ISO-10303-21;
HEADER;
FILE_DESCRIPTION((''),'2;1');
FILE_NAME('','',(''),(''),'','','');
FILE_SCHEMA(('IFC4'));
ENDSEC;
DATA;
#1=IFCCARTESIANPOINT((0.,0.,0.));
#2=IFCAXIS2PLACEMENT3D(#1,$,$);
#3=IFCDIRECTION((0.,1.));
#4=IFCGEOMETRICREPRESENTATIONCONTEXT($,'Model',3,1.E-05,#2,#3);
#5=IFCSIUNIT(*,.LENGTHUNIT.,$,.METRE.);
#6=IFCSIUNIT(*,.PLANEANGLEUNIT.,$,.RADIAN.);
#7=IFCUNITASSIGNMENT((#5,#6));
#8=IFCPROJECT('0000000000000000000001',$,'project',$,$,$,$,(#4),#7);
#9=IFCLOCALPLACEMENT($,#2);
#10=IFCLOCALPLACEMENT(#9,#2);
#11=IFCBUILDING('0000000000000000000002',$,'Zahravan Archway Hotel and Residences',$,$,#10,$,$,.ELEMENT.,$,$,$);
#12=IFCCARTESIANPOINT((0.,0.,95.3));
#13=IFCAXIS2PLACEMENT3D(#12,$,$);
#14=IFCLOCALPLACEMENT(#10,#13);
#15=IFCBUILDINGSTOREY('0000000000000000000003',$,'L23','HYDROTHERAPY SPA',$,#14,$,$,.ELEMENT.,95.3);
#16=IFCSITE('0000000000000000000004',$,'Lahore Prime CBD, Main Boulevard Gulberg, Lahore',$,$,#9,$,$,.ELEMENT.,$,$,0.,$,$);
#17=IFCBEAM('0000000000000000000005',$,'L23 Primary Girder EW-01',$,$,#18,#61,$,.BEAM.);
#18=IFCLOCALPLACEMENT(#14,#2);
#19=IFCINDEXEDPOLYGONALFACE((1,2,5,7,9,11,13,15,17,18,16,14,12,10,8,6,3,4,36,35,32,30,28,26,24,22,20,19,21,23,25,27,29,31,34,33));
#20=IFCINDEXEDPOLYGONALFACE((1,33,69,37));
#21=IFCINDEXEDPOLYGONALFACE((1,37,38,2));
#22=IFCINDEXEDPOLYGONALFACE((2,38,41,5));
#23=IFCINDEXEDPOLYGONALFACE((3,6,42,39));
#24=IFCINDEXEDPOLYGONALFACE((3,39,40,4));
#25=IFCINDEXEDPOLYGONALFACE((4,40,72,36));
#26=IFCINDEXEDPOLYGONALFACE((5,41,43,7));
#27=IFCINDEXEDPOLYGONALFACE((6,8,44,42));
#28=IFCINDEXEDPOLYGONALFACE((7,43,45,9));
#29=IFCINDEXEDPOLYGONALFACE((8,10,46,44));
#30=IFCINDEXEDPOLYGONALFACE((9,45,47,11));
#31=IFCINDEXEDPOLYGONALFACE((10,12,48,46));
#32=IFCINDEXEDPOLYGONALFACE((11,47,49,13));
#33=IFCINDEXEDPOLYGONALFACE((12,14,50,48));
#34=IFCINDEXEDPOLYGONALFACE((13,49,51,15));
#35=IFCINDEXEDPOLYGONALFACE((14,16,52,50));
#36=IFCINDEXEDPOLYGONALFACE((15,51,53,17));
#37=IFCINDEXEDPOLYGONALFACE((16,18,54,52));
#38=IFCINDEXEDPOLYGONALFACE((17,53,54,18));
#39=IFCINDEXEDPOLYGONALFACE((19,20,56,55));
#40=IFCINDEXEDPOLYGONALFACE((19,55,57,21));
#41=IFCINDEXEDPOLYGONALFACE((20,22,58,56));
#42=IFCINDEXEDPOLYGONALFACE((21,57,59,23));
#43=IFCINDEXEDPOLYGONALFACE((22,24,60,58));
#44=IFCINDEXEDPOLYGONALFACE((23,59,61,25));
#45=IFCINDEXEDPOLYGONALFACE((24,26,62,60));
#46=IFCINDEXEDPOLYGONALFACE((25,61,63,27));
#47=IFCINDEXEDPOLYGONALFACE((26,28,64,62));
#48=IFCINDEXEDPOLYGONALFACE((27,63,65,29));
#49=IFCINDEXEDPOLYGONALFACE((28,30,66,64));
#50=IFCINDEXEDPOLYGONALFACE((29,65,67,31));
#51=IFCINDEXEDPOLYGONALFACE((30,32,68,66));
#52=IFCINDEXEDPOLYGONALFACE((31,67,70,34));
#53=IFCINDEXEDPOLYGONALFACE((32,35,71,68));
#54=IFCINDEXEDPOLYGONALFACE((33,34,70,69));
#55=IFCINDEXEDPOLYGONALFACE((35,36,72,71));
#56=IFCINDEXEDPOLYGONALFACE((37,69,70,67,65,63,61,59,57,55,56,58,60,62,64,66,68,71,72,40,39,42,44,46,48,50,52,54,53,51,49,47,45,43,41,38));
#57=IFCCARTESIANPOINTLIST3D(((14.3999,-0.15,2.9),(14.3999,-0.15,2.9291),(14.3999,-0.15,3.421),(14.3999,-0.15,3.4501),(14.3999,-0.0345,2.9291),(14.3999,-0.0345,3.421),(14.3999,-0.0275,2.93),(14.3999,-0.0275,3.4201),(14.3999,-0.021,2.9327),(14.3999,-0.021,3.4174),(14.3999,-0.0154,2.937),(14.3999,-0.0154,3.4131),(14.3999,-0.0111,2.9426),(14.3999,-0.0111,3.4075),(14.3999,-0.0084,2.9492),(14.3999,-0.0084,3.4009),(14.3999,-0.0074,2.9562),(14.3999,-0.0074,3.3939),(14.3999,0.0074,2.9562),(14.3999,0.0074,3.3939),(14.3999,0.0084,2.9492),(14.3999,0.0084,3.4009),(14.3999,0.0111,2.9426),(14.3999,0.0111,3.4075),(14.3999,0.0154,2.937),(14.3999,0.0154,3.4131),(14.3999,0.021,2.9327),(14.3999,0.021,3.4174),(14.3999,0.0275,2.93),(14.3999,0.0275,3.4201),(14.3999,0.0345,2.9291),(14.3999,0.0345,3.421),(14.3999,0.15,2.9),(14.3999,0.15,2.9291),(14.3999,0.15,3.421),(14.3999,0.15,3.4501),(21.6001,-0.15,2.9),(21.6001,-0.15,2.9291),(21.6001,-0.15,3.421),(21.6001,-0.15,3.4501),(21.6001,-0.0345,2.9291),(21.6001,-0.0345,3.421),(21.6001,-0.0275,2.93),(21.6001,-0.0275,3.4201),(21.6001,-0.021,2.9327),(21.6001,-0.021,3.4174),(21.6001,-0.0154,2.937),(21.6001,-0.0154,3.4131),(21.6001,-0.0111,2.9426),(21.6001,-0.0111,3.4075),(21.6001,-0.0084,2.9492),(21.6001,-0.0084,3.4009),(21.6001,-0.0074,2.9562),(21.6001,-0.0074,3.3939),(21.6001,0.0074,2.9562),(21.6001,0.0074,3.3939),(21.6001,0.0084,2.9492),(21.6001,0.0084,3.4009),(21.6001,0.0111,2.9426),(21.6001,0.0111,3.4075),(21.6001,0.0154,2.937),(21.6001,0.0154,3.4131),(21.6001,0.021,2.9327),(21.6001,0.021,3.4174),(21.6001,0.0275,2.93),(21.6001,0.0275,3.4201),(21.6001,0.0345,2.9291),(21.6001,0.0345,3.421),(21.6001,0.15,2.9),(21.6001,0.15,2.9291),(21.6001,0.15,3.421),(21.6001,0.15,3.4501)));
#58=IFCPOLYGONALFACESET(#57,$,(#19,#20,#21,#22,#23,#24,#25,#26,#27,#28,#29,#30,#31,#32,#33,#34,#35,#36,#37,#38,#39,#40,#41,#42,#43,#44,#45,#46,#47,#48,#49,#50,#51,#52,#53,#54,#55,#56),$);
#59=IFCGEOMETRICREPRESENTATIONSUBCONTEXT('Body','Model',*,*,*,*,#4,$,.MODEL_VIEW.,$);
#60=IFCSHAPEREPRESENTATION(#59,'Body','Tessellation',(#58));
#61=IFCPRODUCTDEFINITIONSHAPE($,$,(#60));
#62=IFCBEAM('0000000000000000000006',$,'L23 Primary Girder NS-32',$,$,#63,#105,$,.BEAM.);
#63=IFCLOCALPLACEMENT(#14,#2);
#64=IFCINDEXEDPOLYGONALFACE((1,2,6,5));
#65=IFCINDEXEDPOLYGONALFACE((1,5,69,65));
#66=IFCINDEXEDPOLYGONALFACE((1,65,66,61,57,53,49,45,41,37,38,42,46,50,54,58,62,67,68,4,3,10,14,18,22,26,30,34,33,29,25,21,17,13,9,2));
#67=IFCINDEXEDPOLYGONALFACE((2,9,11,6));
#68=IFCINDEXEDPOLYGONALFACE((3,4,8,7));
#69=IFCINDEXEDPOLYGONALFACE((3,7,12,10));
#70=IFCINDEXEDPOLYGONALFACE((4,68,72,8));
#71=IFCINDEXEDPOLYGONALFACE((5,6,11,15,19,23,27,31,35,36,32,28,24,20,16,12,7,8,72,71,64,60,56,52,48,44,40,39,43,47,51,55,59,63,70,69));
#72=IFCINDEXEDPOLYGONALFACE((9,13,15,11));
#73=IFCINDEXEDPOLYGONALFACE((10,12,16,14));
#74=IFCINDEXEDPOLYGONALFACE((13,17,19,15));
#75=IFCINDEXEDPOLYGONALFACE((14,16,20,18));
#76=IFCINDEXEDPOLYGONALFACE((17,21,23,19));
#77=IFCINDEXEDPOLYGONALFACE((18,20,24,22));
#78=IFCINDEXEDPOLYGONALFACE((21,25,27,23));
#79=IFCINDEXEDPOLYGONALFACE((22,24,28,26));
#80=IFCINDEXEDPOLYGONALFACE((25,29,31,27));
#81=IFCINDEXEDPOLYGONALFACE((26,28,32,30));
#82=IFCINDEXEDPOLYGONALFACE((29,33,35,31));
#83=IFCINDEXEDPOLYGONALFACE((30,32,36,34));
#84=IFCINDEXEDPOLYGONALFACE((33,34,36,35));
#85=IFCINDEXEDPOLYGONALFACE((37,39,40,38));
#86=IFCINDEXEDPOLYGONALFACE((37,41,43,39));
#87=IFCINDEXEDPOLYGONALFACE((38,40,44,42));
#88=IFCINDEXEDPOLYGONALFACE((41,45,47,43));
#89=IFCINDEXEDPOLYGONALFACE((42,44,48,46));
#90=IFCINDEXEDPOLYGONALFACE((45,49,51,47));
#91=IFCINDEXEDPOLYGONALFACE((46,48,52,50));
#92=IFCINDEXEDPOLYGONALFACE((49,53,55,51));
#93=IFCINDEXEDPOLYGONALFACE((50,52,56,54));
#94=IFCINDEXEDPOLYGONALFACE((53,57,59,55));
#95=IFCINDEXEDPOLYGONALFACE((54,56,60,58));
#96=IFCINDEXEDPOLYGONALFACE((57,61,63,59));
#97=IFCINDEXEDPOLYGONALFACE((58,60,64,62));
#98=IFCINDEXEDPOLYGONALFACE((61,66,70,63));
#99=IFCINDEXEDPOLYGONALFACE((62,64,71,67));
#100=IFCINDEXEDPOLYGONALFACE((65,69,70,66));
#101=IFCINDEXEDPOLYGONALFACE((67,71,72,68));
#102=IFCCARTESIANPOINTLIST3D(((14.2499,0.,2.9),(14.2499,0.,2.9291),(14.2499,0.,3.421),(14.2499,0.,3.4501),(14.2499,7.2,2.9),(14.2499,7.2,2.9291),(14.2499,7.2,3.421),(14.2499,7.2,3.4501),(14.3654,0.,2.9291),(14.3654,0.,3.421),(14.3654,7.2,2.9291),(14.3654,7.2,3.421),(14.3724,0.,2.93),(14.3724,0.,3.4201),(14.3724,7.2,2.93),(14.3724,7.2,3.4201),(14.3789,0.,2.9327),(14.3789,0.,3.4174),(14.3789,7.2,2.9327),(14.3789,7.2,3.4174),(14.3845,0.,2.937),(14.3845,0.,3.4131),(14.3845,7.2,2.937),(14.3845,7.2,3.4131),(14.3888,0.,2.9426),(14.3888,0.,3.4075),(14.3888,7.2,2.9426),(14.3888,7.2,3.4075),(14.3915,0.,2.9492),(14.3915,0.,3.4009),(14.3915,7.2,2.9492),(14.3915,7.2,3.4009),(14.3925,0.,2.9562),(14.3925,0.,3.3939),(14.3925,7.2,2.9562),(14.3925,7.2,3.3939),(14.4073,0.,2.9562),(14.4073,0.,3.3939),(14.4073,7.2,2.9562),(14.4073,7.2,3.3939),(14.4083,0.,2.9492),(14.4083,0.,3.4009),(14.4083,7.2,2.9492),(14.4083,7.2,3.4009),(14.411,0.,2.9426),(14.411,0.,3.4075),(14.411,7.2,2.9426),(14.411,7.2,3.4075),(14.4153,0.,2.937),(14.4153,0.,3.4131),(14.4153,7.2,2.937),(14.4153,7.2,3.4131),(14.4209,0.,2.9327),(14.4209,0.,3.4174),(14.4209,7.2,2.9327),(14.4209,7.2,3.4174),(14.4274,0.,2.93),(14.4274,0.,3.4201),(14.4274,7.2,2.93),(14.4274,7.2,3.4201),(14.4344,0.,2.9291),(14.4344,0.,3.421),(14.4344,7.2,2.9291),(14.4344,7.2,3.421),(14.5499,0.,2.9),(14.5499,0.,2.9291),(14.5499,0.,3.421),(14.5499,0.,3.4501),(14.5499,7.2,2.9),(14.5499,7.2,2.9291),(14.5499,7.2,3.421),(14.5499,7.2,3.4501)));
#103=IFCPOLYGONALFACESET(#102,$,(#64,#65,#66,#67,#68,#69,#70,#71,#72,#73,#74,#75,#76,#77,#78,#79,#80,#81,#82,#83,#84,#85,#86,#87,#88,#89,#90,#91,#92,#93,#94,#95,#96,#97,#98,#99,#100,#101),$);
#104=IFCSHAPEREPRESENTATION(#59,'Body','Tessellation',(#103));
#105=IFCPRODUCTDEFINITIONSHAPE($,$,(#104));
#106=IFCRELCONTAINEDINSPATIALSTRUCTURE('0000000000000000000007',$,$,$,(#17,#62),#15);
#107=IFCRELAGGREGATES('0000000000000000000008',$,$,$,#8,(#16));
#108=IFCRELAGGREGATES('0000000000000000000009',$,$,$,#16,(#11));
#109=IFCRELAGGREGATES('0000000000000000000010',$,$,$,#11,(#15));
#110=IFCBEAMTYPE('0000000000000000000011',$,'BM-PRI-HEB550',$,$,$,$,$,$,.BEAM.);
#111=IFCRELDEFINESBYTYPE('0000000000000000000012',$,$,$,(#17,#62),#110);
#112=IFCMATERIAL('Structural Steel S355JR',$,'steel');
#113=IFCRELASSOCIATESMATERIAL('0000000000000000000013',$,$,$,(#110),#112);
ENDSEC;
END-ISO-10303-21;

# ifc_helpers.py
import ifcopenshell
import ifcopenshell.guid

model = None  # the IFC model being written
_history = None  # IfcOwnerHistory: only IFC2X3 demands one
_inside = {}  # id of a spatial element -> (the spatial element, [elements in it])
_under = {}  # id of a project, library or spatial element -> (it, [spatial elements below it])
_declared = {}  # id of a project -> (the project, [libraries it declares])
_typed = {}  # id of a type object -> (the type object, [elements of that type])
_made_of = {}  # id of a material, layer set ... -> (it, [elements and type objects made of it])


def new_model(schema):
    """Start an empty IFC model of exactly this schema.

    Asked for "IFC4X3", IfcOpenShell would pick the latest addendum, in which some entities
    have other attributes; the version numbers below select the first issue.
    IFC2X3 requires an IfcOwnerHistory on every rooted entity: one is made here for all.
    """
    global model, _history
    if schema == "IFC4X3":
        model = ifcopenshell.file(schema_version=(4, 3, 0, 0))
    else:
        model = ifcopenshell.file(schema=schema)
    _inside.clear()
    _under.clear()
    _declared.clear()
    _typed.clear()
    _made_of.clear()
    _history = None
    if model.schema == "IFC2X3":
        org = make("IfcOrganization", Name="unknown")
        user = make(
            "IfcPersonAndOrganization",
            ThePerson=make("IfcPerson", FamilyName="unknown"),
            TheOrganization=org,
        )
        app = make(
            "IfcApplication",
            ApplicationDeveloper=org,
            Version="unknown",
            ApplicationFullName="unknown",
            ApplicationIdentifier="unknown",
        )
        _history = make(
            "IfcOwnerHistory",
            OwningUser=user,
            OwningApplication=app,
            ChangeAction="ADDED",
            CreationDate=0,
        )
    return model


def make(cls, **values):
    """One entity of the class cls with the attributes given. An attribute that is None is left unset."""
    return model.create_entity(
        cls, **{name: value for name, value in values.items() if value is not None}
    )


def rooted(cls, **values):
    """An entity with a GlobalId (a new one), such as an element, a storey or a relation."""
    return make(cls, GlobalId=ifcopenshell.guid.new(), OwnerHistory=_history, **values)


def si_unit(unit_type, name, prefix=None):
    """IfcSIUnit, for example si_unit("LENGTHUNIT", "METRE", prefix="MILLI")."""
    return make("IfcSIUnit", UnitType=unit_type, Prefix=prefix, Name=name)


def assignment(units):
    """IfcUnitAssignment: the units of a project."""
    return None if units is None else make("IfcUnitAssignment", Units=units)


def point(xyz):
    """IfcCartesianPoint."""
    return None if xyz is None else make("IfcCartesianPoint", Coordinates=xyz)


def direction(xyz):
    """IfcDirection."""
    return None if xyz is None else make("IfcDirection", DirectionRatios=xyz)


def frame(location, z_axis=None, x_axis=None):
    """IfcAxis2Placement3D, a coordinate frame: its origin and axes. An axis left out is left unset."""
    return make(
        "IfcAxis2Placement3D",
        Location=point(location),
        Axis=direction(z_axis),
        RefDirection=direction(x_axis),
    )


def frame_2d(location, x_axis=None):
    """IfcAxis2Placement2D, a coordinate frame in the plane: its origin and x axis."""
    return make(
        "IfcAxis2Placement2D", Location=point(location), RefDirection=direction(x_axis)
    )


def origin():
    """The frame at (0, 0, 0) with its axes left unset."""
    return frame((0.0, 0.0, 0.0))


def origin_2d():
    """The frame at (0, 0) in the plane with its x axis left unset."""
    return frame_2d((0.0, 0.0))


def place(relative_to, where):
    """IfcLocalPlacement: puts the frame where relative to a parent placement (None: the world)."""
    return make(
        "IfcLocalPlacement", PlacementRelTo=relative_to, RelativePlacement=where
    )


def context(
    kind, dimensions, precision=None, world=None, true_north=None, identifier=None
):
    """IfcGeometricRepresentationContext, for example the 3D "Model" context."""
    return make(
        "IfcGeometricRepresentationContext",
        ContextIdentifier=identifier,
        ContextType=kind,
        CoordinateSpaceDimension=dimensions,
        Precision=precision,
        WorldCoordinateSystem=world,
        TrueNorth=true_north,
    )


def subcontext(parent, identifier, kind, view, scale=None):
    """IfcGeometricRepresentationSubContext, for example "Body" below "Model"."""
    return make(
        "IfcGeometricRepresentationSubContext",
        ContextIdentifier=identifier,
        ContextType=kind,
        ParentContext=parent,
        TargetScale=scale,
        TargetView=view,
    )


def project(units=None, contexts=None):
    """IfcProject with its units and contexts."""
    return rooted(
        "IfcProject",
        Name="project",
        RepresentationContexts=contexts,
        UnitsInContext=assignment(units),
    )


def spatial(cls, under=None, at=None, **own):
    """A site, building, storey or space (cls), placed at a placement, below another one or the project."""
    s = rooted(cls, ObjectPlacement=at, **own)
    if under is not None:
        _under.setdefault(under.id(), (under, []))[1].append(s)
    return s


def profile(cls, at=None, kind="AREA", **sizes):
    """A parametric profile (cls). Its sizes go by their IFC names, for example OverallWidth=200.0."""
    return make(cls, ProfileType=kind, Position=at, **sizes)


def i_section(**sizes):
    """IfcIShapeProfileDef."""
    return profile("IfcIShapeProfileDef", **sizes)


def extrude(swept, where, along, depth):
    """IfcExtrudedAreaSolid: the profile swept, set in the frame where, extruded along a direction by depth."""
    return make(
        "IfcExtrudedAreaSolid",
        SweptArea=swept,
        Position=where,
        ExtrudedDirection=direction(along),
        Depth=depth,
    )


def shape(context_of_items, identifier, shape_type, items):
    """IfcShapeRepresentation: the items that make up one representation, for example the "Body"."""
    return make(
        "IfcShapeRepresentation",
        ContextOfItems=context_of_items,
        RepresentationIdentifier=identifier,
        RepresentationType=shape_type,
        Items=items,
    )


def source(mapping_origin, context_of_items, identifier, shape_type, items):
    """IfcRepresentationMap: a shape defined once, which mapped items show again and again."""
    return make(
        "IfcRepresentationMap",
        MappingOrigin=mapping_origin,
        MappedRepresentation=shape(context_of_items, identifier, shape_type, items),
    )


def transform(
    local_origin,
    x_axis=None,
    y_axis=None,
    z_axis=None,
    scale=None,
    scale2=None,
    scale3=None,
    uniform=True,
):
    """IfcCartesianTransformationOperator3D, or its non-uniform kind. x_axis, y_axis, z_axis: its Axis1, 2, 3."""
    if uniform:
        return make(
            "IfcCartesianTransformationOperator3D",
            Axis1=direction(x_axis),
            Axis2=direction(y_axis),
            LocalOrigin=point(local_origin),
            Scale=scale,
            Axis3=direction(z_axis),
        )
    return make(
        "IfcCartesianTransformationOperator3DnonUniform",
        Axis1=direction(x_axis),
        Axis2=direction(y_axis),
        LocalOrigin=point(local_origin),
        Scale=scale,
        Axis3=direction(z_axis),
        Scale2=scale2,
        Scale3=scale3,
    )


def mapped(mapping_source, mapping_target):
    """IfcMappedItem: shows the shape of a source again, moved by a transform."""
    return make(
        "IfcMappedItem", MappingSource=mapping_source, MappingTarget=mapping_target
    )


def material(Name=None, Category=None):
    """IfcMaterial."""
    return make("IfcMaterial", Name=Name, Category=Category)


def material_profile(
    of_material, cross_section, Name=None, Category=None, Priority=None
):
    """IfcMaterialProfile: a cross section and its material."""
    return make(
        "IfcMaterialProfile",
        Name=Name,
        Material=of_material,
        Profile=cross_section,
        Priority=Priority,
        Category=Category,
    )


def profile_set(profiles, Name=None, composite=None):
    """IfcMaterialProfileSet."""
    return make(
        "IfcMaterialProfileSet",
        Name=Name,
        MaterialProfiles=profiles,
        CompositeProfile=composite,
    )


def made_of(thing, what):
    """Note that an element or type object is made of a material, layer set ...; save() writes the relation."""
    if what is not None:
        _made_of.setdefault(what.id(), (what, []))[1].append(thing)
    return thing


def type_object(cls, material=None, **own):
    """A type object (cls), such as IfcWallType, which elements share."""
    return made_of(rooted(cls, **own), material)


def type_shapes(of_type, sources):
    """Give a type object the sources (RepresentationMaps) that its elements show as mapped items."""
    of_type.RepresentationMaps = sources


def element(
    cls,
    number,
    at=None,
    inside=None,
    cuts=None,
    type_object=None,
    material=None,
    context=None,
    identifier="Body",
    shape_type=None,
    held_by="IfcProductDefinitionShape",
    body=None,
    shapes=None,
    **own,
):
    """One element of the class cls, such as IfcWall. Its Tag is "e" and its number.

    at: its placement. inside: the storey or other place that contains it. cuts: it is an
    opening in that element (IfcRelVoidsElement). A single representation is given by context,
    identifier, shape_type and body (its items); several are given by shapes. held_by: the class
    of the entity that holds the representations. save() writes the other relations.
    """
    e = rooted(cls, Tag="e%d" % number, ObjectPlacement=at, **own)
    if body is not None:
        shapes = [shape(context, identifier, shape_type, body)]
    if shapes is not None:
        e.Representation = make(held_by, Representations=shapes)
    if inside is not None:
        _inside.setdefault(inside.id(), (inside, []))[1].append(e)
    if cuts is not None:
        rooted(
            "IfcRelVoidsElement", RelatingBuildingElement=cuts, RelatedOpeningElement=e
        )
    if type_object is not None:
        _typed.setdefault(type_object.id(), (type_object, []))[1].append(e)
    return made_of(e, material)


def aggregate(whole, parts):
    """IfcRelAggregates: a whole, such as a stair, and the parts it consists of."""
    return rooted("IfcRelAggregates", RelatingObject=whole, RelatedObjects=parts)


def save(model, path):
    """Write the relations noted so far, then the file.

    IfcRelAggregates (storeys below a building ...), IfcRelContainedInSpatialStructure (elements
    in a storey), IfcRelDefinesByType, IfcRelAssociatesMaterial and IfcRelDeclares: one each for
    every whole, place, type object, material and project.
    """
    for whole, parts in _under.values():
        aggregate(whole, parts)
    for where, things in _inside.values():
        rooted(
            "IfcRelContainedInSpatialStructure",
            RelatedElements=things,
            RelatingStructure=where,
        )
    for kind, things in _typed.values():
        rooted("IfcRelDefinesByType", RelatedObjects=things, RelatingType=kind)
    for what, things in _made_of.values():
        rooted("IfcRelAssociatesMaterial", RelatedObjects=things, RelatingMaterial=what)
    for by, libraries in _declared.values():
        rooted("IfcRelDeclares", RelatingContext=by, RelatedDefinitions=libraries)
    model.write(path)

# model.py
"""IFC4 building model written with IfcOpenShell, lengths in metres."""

from ifc_helpers import new_model, si_unit, direction, frame, origin, origin_2d, place, context, subcontext, project, spatial, i_section, extrude, source, transform, mapped, material, material_profile, profile_set, type_object, type_shapes, element, save


model = new_model("IFC4")

# Units and contexts
model_context = context("Model", 3, precision=1e-05, world=origin(), true_north=direction((0.0, 1.0)))
body_context = subcontext(model_context, "Body", "Model", "MODEL_VIEW")
ifc_project = project(units=[si_unit("LENGTHUNIT", "METRE"), si_unit("PLANEANGLEUNIT", "RADIAN")], contexts=[model_context])

# Site, building, storey
site_placement = place(None, origin())
site = spatial("IfcSite", under=ifc_project, at=site_placement, Name="Lahore Prime CBD, Main Boulevard Gulberg, Lahore", CompositionType="ELEMENT", RefElevation=0.0)
building_placement = place(site_placement, origin())
building = spatial("IfcBuilding", under=site, at=building_placement, Name="Zahravan Archway Hotel and Residences", CompositionType="ELEMENT")
storey_placement = place(building_placement, frame((0.0, 0.0, 95.3)))
storey = spatial("IfcBuildingStorey", under=building, at=storey_placement, Name="L23", Description="HYDROTHERAPY SPA", CompositionType="ELEMENT", Elevation=95.3)

# Beams
ifc_material_1 = material(Name="Structural Steel S355JR", Category="steel")
ifc_material_profile = material_profile(ifc_material_1, i_section(OverallWidth=0.3, OverallDepth=0.55, WebThickness=0.0149, FlangeThickness=0.0291, FilletRadius=0.0271, at=origin_2d()), Name="HEB 550", Category="steel")
ifc_profile_set = profile_set([ifc_material_profile], Name="Structural Steel S355JR")
beam_type = type_object("IfcBeamType", Name="BM-PRI-HEB550", PredefinedType="BEAM", material=ifc_profile_set)
shared_shape_1 = source(origin(), body_context, "Body", "SweptSolid", [
    extrude(i_section(OverallWidth=0.3, OverallDepth=0.55, WebThickness=0.0149, FlangeThickness=0.0291, FilletRadius=0.0271, at=origin_2d()), origin(), (0.0, 0.0, 1.0), 7.2002),
])
type_shapes(beam_type, [shared_shape_1])
beam_1_placement = place(storey_placement, frame((14.3999, 0.0, 3.175), z_axis=(1.0, 0.0, 0.0), x_axis=(0.0, 1.0, 0.0)))
element("IfcBeam", 1, at=beam_1_placement, inside=storey, type_object=beam_type, Name="L23 Primary Girder EW-01", PredefinedType="BEAM", context=body_context, shape_type="MappedRepresentation", body=[
    mapped(shared_shape_1, transform((0.0, 0.0, 0.0), scale=1.0)),
])
shared_shape_2 = source(origin(), body_context, "Body", "SweptSolid", [
    extrude(i_section(OverallWidth=0.3, OverallDepth=0.55, WebThickness=0.0149, FlangeThickness=0.0291, FilletRadius=0.0271, at=origin_2d()), origin(), (0.0, 0.0, 1.0), 7.2),
])
beam_2_placement = place(storey_placement, frame((14.3999, 0.0, 3.175), z_axis=(0.0, 1.0, 0.0), x_axis=(-1.0, 0.0, 0.0)))
element("IfcBeam", 2, at=beam_2_placement, inside=storey, type_object=beam_type, Name="L23 Primary Girder NS-32", PredefinedType="BEAM", context=body_context, shape_type="MappedRepresentation", body=[
    mapped(shared_shape_2, transform((0.0, 0.0, 0.0), scale=1.0)),
])

save(model, "model.ifc")
